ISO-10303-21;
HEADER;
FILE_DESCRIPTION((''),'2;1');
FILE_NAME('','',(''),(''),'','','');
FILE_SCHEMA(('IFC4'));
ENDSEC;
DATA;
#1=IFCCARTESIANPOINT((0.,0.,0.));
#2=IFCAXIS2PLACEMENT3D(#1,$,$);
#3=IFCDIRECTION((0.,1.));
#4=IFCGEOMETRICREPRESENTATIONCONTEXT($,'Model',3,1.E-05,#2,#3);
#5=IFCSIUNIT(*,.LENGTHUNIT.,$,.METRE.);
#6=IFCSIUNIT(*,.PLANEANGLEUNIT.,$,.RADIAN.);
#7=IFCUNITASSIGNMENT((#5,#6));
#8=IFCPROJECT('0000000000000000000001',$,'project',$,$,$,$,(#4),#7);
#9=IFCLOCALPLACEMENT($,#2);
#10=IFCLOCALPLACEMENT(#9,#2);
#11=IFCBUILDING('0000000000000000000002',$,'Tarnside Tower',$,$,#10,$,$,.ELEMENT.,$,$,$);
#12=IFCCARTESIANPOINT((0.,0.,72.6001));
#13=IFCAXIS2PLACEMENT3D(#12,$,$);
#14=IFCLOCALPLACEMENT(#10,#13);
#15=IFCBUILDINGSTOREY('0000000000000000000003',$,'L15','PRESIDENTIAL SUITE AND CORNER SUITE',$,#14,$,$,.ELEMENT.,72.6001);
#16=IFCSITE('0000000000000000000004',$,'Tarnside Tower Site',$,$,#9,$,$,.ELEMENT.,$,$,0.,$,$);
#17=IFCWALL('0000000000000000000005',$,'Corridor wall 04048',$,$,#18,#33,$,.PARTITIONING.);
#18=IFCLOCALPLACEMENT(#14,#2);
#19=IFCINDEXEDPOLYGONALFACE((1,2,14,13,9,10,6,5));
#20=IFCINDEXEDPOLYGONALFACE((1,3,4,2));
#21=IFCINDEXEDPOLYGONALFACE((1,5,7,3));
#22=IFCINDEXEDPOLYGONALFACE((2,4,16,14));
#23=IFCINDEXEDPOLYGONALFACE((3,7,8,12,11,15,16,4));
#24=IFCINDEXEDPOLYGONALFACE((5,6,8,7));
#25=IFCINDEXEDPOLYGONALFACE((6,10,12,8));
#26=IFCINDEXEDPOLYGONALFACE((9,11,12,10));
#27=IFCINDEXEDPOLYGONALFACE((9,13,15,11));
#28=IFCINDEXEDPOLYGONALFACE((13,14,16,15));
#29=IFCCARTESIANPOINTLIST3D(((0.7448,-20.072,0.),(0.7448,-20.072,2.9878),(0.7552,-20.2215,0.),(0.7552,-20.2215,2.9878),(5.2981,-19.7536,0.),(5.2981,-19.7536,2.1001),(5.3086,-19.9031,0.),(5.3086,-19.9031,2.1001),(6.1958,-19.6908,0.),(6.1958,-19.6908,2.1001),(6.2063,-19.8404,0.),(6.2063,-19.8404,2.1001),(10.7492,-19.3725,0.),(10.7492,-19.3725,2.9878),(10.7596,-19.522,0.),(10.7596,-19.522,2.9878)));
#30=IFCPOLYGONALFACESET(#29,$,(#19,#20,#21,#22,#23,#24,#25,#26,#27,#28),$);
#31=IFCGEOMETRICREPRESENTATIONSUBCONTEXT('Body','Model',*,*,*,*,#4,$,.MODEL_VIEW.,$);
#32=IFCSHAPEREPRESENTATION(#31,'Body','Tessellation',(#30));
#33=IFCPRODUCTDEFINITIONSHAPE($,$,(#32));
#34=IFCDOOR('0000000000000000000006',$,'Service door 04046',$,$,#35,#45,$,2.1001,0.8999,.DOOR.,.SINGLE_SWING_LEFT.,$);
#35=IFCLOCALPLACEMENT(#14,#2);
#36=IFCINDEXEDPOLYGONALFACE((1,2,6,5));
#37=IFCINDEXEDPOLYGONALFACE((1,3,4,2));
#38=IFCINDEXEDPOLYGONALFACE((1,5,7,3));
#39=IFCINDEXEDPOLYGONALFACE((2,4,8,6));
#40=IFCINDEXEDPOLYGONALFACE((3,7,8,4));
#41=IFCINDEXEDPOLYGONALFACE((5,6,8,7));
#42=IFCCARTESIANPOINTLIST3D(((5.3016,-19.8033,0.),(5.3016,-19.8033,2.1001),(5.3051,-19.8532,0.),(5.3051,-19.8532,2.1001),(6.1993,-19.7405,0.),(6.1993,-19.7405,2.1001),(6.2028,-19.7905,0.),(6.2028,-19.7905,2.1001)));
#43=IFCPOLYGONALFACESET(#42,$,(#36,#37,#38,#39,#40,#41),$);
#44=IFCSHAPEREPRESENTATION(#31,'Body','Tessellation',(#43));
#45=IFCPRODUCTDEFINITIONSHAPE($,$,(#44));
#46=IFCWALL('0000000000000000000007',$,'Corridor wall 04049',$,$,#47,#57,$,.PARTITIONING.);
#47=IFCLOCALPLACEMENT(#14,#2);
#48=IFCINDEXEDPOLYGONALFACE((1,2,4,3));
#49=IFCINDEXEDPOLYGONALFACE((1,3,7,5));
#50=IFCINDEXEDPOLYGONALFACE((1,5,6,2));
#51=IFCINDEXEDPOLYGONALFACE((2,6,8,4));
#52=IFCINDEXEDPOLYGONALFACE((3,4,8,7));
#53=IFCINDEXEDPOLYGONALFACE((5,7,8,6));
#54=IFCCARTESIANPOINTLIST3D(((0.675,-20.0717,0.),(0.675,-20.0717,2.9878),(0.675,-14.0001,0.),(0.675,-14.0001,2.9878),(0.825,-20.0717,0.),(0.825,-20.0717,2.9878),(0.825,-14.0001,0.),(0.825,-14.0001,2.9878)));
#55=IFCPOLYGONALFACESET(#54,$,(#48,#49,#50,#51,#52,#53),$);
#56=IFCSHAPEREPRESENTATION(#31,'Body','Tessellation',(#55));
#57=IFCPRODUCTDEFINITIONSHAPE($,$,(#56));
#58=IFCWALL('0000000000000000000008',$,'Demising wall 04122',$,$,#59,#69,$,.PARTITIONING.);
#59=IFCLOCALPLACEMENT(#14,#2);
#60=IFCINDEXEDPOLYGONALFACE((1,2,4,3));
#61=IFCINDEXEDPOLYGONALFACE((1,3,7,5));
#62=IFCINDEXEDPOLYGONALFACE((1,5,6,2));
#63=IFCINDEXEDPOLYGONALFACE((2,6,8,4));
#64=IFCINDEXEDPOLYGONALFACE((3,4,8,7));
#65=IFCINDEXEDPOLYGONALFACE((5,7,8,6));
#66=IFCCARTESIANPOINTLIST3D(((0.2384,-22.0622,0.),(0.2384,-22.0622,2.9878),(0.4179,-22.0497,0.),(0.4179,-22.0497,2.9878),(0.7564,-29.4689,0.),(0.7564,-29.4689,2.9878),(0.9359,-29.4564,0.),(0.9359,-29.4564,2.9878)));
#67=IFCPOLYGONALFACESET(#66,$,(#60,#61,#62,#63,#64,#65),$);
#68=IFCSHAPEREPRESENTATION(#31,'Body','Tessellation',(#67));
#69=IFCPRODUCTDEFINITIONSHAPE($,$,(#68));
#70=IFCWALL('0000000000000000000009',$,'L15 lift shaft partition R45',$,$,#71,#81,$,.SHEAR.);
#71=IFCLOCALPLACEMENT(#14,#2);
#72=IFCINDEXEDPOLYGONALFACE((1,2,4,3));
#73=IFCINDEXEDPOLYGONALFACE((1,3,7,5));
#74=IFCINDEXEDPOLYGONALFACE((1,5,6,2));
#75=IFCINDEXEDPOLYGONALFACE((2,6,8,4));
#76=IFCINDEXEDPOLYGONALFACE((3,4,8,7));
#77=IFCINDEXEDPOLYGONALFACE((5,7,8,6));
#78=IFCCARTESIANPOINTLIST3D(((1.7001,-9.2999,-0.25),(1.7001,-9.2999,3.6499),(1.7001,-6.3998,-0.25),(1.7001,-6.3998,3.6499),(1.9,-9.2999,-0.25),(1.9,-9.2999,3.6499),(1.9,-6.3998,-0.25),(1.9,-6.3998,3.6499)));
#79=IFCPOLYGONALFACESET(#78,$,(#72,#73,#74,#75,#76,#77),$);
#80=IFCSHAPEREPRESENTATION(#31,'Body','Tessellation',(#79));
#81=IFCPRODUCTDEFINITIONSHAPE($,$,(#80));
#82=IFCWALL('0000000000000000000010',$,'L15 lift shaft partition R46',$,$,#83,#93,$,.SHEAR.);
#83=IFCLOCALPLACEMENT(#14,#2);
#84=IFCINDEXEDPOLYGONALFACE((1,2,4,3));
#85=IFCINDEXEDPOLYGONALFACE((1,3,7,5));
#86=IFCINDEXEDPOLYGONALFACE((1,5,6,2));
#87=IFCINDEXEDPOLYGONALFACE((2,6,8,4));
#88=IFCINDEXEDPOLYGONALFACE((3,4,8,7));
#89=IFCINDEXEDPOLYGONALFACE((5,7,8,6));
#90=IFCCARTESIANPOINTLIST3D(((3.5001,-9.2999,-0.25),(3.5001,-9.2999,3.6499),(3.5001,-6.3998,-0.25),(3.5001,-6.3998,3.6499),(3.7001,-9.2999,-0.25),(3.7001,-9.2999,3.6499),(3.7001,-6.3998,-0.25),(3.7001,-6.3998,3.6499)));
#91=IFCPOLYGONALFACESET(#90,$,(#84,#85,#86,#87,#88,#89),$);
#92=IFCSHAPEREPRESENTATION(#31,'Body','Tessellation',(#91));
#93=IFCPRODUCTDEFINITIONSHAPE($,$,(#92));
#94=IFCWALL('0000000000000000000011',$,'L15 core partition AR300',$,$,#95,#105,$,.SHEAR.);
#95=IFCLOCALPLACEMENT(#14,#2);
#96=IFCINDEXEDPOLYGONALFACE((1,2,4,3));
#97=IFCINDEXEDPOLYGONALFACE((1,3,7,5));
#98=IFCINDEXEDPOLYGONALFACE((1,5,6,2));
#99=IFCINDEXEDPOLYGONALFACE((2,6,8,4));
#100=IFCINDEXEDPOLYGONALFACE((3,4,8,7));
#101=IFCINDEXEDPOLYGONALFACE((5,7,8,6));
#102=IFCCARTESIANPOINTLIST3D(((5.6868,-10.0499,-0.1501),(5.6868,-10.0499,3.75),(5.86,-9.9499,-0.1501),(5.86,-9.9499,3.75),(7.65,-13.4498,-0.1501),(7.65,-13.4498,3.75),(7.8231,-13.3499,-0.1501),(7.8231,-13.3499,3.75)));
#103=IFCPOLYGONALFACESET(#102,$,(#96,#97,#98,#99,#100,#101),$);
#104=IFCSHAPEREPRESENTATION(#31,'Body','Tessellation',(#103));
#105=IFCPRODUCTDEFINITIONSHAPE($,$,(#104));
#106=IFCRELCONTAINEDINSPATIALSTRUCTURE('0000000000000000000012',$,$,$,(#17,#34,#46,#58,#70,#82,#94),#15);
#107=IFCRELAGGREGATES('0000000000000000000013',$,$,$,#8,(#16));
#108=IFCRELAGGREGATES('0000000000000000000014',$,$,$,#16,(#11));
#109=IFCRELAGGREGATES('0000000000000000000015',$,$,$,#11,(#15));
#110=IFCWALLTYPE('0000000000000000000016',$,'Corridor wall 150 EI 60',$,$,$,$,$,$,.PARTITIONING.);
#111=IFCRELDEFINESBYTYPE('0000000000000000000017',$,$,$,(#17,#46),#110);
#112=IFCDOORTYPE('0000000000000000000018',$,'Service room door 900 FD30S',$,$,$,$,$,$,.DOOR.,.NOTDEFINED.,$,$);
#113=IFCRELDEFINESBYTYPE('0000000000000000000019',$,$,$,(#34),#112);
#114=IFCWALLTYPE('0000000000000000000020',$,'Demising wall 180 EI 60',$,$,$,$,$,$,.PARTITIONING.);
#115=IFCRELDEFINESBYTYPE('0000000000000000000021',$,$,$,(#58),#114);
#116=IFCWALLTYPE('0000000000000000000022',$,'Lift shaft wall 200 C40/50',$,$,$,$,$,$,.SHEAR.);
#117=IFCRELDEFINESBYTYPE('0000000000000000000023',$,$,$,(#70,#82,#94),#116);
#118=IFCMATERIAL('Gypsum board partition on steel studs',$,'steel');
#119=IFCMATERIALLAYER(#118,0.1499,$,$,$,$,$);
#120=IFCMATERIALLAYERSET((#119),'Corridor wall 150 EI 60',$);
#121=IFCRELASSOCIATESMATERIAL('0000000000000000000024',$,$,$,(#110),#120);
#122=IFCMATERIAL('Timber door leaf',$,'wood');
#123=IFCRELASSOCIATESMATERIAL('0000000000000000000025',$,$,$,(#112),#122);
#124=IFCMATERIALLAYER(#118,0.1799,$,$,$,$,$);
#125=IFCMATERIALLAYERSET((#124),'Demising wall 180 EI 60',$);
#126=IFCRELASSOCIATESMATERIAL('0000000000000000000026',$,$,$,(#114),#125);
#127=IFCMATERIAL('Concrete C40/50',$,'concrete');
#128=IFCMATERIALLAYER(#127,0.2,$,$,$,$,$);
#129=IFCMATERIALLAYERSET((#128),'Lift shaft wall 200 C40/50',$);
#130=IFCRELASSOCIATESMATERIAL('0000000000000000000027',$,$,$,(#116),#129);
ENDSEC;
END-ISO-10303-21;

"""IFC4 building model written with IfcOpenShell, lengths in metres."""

from ifc_helpers import new_model, si_unit, direction, frame, frame_2d, origin, place, context, subcontext, project, spatial, rectangle, extrude, material, layer, layer_set, type_object, element, fill, save


model = new_model("IFC4")

# Units and contexts
model_context = context("Model", 3, precision=1e-05, world=origin(), true_north=direction((0.0, 1.0)))
body_context = subcontext(model_context, "Body", "Model", "MODEL_VIEW")
ifc_project = project(units=[si_unit("LENGTHUNIT", "METRE"), si_unit("PLANEANGLEUNIT", "RADIAN")], contexts=[model_context])

# Site, building, storey
site_placement = place(None, origin())
site = spatial("IfcSite", under=ifc_project, at=site_placement, Name="Tarnside Tower Site", CompositionType="ELEMENT", RefElevation=0.0)
building_placement = place(site_placement, origin())
building = spatial("IfcBuilding", under=site, at=building_placement, Name="Tarnside Tower", CompositionType="ELEMENT")
storey_placement = place(building_placement, frame((0.0, 0.0, 72.6001)))
storey = spatial("IfcBuildingStorey", under=building, at=storey_placement, Name="L15", Description="PRESIDENTIAL SUITE AND CORNER SUITE", CompositionType="ELEMENT", Elevation=72.6001)

# Shared definitions
ifc_material_1 = material(Name="Gypsum board partition on steel studs", Category="steel")

# Shared definitions
ifc_material_2 = material(Name="Timber door leaf", Category="wood")

# Shared definitions
ifc_layer_1 = layer(ifc_material_1, 0.1499)
ifc_layer_set_1 = layer_set([ifc_layer_1], Name="Corridor wall 150 EI 60")
wall_type_1 = type_object("IfcWallType", Name="Corridor wall 150 EI 60", PredefinedType="PARTITIONING", material=ifc_layer_set_1)

# Wall, opening, door
wall_1_placement = place(storey_placement, frame((10.7544, -19.4473, 0.0), z_axis=(0.0, 0.0, 1.0), x_axis=(-0.997565, -0.069745, 0.0)))
wall_1 = element("IfcWall", 1, at=wall_1_placement, inside=storey, type_object=wall_type_1, Name="Corridor wall 04048", PredefinedType="PARTITIONING", context=body_context, shape_type="SweptSolid", body=[
    extrude(rectangle(XDim=10.0288, YDim=0.1499, at=frame_2d((5.0144, 0.0))), origin(), (0.0, 0.0, 1.0), 2.9878),
])
opening_1_placement = place(wall_1_placement, frame((4.5645, 0.0, 0.0)))
opening_1 = element("IfcOpeningElement", 2, at=opening_1_placement, cuts=wall_1, PredefinedType="OPENING", context=body_context, shape_type="SweptSolid", body=[
    extrude(rectangle(XDim=0.8999, YDim=2.1001, at=frame_2d((0.45, 1.05))), frame((0.0, 0.085, 0.0), z_axis=(0.0, -1.0, 0.0), x_axis=(1.0, 0.0, 0.0)), (0.0, 0.0, 1.0), 0.1699),
])
door_type_1 = type_object("IfcDoorType", Name="Service room door 900 FD30S", OperationType="NOTDEFINED", PredefinedType="DOOR", material=ifc_material_2)
door_1_placement = place(opening_1_placement, origin())
door_1 = element("IfcDoor", 3, at=door_1_placement, inside=storey, type_object=door_type_1, Name="Service door 04046", OperationType="SINGLE_SWING_LEFT", OverallHeight=2.1001, OverallWidth=0.8999, PredefinedType="DOOR", context=body_context, shape_type="SweptSolid", body=[
    extrude(rectangle(XDim=0.8999, YDim=2.1001, at=frame_2d((0.45, 1.05))), frame((0.0, 0.0249, 0.0), z_axis=(0.0, -1.0, 0.0), x_axis=(1.0, 0.0, 0.0)), (0.0, 0.0, 1.0), 0.05),
])
fill(opening_1, door_1)

# Walls
wall_2_placement = place(storey_placement, frame((0.75, -20.0715, 0.0), z_axis=(0.0, 0.0, 1.0), x_axis=(0.0, 1.0, 0.0)))
element("IfcWall", 4, at=wall_2_placement, inside=storey, type_object=wall_type_1, Name="Corridor wall 04049", PredefinedType="PARTITIONING", context=body_context, shape_type="SweptSolid", body=[
    extrude(rectangle(XDim=6.0715, YDim=0.1499, at=frame_2d((3.0356, 0.0))), origin(), (0.0, 0.0, 1.0), 2.9878),
])
ifc_layer_2 = layer(ifc_material_1, 0.1799)
ifc_layer_set_2 = layer_set([ifc_layer_2], Name="Demising wall 180 EI 60")
wall_type_2 = type_object("IfcWallType", Name="Demising wall 180 EI 60", PredefinedType="PARTITIONING", material=ifc_layer_set_2)
wall_3_placement = place(storey_placement, frame((0.8462, -29.4626, 0.0), z_axis=(0.0, 0.0, 1.0), x_axis=(-0.069775, 0.997563, 0.0)))
element("IfcWall", 5, at=wall_3_placement, inside=storey, type_object=wall_type_2, Name="Demising wall 04122", PredefinedType="PARTITIONING", context=body_context, shape_type="SweptSolid", body=[
    extrude(rectangle(XDim=7.4248, YDim=0.1799, at=frame_2d((3.7124, 0.0))), origin(), (0.0, 0.0, 1.0), 2.9878),
])
ifc_material_3 = material(Name="Concrete C40/50", Category="concrete")
ifc_layer_3 = layer(ifc_material_3, 0.2)
ifc_layer_set_3 = layer_set([ifc_layer_3], Name="Lift shaft wall 200 C40/50")
wall_type_3 = type_object("IfcWallType", Name="Lift shaft wall 200 C40/50", PredefinedType="SHEAR", material=ifc_layer_set_3)
for number, where, z_axis, x_axis, name in (
    (6, (1.8, -9.3, -0.25), (0.0, 0.0, 1.0), (0.0, 1.0, 0.0), "L15 lift shaft partition R45"),
    (7, (3.6001, -9.3, -0.25), (0.0, 0.0, 1.0), (0.0, 1.0, 0.0), "L15 lift shaft partition R46"),
):
    element("IfcWall", number, at=place(storey_placement, frame(where, z_axis=z_axis, x_axis=x_axis)), inside=storey, type_object=wall_type_3, Name=name, PredefinedType="SHEAR", context=body_context, shape_type="SweptSolid", body=[
        extrude(rectangle(XDim=2.9001, YDim=0.2, at=frame_2d((1.4502, 0.0))), origin(), (0.0, 0.0, 1.0), 3.8999),
    ])
wall_4_placement = place(storey_placement, frame((5.7734, -10.0, -0.1501), z_axis=(0.0, 0.0, 1.0), x_axis=(0.500038, -0.866003, 0.0)))
element("IfcWall", 8, at=wall_4_placement, inside=storey, type_object=wall_type_3, Name="L15 core partition AR300", PredefinedType="SHEAR", context=body_context, shape_type="SweptSolid", body=[
    extrude(rectangle(XDim=3.926, YDim=0.2, at=frame_2d((1.9629, 0.0))), origin(), (0.0, 0.0, 1.0), 3.9001),
])

save(model, "model.ifc")
